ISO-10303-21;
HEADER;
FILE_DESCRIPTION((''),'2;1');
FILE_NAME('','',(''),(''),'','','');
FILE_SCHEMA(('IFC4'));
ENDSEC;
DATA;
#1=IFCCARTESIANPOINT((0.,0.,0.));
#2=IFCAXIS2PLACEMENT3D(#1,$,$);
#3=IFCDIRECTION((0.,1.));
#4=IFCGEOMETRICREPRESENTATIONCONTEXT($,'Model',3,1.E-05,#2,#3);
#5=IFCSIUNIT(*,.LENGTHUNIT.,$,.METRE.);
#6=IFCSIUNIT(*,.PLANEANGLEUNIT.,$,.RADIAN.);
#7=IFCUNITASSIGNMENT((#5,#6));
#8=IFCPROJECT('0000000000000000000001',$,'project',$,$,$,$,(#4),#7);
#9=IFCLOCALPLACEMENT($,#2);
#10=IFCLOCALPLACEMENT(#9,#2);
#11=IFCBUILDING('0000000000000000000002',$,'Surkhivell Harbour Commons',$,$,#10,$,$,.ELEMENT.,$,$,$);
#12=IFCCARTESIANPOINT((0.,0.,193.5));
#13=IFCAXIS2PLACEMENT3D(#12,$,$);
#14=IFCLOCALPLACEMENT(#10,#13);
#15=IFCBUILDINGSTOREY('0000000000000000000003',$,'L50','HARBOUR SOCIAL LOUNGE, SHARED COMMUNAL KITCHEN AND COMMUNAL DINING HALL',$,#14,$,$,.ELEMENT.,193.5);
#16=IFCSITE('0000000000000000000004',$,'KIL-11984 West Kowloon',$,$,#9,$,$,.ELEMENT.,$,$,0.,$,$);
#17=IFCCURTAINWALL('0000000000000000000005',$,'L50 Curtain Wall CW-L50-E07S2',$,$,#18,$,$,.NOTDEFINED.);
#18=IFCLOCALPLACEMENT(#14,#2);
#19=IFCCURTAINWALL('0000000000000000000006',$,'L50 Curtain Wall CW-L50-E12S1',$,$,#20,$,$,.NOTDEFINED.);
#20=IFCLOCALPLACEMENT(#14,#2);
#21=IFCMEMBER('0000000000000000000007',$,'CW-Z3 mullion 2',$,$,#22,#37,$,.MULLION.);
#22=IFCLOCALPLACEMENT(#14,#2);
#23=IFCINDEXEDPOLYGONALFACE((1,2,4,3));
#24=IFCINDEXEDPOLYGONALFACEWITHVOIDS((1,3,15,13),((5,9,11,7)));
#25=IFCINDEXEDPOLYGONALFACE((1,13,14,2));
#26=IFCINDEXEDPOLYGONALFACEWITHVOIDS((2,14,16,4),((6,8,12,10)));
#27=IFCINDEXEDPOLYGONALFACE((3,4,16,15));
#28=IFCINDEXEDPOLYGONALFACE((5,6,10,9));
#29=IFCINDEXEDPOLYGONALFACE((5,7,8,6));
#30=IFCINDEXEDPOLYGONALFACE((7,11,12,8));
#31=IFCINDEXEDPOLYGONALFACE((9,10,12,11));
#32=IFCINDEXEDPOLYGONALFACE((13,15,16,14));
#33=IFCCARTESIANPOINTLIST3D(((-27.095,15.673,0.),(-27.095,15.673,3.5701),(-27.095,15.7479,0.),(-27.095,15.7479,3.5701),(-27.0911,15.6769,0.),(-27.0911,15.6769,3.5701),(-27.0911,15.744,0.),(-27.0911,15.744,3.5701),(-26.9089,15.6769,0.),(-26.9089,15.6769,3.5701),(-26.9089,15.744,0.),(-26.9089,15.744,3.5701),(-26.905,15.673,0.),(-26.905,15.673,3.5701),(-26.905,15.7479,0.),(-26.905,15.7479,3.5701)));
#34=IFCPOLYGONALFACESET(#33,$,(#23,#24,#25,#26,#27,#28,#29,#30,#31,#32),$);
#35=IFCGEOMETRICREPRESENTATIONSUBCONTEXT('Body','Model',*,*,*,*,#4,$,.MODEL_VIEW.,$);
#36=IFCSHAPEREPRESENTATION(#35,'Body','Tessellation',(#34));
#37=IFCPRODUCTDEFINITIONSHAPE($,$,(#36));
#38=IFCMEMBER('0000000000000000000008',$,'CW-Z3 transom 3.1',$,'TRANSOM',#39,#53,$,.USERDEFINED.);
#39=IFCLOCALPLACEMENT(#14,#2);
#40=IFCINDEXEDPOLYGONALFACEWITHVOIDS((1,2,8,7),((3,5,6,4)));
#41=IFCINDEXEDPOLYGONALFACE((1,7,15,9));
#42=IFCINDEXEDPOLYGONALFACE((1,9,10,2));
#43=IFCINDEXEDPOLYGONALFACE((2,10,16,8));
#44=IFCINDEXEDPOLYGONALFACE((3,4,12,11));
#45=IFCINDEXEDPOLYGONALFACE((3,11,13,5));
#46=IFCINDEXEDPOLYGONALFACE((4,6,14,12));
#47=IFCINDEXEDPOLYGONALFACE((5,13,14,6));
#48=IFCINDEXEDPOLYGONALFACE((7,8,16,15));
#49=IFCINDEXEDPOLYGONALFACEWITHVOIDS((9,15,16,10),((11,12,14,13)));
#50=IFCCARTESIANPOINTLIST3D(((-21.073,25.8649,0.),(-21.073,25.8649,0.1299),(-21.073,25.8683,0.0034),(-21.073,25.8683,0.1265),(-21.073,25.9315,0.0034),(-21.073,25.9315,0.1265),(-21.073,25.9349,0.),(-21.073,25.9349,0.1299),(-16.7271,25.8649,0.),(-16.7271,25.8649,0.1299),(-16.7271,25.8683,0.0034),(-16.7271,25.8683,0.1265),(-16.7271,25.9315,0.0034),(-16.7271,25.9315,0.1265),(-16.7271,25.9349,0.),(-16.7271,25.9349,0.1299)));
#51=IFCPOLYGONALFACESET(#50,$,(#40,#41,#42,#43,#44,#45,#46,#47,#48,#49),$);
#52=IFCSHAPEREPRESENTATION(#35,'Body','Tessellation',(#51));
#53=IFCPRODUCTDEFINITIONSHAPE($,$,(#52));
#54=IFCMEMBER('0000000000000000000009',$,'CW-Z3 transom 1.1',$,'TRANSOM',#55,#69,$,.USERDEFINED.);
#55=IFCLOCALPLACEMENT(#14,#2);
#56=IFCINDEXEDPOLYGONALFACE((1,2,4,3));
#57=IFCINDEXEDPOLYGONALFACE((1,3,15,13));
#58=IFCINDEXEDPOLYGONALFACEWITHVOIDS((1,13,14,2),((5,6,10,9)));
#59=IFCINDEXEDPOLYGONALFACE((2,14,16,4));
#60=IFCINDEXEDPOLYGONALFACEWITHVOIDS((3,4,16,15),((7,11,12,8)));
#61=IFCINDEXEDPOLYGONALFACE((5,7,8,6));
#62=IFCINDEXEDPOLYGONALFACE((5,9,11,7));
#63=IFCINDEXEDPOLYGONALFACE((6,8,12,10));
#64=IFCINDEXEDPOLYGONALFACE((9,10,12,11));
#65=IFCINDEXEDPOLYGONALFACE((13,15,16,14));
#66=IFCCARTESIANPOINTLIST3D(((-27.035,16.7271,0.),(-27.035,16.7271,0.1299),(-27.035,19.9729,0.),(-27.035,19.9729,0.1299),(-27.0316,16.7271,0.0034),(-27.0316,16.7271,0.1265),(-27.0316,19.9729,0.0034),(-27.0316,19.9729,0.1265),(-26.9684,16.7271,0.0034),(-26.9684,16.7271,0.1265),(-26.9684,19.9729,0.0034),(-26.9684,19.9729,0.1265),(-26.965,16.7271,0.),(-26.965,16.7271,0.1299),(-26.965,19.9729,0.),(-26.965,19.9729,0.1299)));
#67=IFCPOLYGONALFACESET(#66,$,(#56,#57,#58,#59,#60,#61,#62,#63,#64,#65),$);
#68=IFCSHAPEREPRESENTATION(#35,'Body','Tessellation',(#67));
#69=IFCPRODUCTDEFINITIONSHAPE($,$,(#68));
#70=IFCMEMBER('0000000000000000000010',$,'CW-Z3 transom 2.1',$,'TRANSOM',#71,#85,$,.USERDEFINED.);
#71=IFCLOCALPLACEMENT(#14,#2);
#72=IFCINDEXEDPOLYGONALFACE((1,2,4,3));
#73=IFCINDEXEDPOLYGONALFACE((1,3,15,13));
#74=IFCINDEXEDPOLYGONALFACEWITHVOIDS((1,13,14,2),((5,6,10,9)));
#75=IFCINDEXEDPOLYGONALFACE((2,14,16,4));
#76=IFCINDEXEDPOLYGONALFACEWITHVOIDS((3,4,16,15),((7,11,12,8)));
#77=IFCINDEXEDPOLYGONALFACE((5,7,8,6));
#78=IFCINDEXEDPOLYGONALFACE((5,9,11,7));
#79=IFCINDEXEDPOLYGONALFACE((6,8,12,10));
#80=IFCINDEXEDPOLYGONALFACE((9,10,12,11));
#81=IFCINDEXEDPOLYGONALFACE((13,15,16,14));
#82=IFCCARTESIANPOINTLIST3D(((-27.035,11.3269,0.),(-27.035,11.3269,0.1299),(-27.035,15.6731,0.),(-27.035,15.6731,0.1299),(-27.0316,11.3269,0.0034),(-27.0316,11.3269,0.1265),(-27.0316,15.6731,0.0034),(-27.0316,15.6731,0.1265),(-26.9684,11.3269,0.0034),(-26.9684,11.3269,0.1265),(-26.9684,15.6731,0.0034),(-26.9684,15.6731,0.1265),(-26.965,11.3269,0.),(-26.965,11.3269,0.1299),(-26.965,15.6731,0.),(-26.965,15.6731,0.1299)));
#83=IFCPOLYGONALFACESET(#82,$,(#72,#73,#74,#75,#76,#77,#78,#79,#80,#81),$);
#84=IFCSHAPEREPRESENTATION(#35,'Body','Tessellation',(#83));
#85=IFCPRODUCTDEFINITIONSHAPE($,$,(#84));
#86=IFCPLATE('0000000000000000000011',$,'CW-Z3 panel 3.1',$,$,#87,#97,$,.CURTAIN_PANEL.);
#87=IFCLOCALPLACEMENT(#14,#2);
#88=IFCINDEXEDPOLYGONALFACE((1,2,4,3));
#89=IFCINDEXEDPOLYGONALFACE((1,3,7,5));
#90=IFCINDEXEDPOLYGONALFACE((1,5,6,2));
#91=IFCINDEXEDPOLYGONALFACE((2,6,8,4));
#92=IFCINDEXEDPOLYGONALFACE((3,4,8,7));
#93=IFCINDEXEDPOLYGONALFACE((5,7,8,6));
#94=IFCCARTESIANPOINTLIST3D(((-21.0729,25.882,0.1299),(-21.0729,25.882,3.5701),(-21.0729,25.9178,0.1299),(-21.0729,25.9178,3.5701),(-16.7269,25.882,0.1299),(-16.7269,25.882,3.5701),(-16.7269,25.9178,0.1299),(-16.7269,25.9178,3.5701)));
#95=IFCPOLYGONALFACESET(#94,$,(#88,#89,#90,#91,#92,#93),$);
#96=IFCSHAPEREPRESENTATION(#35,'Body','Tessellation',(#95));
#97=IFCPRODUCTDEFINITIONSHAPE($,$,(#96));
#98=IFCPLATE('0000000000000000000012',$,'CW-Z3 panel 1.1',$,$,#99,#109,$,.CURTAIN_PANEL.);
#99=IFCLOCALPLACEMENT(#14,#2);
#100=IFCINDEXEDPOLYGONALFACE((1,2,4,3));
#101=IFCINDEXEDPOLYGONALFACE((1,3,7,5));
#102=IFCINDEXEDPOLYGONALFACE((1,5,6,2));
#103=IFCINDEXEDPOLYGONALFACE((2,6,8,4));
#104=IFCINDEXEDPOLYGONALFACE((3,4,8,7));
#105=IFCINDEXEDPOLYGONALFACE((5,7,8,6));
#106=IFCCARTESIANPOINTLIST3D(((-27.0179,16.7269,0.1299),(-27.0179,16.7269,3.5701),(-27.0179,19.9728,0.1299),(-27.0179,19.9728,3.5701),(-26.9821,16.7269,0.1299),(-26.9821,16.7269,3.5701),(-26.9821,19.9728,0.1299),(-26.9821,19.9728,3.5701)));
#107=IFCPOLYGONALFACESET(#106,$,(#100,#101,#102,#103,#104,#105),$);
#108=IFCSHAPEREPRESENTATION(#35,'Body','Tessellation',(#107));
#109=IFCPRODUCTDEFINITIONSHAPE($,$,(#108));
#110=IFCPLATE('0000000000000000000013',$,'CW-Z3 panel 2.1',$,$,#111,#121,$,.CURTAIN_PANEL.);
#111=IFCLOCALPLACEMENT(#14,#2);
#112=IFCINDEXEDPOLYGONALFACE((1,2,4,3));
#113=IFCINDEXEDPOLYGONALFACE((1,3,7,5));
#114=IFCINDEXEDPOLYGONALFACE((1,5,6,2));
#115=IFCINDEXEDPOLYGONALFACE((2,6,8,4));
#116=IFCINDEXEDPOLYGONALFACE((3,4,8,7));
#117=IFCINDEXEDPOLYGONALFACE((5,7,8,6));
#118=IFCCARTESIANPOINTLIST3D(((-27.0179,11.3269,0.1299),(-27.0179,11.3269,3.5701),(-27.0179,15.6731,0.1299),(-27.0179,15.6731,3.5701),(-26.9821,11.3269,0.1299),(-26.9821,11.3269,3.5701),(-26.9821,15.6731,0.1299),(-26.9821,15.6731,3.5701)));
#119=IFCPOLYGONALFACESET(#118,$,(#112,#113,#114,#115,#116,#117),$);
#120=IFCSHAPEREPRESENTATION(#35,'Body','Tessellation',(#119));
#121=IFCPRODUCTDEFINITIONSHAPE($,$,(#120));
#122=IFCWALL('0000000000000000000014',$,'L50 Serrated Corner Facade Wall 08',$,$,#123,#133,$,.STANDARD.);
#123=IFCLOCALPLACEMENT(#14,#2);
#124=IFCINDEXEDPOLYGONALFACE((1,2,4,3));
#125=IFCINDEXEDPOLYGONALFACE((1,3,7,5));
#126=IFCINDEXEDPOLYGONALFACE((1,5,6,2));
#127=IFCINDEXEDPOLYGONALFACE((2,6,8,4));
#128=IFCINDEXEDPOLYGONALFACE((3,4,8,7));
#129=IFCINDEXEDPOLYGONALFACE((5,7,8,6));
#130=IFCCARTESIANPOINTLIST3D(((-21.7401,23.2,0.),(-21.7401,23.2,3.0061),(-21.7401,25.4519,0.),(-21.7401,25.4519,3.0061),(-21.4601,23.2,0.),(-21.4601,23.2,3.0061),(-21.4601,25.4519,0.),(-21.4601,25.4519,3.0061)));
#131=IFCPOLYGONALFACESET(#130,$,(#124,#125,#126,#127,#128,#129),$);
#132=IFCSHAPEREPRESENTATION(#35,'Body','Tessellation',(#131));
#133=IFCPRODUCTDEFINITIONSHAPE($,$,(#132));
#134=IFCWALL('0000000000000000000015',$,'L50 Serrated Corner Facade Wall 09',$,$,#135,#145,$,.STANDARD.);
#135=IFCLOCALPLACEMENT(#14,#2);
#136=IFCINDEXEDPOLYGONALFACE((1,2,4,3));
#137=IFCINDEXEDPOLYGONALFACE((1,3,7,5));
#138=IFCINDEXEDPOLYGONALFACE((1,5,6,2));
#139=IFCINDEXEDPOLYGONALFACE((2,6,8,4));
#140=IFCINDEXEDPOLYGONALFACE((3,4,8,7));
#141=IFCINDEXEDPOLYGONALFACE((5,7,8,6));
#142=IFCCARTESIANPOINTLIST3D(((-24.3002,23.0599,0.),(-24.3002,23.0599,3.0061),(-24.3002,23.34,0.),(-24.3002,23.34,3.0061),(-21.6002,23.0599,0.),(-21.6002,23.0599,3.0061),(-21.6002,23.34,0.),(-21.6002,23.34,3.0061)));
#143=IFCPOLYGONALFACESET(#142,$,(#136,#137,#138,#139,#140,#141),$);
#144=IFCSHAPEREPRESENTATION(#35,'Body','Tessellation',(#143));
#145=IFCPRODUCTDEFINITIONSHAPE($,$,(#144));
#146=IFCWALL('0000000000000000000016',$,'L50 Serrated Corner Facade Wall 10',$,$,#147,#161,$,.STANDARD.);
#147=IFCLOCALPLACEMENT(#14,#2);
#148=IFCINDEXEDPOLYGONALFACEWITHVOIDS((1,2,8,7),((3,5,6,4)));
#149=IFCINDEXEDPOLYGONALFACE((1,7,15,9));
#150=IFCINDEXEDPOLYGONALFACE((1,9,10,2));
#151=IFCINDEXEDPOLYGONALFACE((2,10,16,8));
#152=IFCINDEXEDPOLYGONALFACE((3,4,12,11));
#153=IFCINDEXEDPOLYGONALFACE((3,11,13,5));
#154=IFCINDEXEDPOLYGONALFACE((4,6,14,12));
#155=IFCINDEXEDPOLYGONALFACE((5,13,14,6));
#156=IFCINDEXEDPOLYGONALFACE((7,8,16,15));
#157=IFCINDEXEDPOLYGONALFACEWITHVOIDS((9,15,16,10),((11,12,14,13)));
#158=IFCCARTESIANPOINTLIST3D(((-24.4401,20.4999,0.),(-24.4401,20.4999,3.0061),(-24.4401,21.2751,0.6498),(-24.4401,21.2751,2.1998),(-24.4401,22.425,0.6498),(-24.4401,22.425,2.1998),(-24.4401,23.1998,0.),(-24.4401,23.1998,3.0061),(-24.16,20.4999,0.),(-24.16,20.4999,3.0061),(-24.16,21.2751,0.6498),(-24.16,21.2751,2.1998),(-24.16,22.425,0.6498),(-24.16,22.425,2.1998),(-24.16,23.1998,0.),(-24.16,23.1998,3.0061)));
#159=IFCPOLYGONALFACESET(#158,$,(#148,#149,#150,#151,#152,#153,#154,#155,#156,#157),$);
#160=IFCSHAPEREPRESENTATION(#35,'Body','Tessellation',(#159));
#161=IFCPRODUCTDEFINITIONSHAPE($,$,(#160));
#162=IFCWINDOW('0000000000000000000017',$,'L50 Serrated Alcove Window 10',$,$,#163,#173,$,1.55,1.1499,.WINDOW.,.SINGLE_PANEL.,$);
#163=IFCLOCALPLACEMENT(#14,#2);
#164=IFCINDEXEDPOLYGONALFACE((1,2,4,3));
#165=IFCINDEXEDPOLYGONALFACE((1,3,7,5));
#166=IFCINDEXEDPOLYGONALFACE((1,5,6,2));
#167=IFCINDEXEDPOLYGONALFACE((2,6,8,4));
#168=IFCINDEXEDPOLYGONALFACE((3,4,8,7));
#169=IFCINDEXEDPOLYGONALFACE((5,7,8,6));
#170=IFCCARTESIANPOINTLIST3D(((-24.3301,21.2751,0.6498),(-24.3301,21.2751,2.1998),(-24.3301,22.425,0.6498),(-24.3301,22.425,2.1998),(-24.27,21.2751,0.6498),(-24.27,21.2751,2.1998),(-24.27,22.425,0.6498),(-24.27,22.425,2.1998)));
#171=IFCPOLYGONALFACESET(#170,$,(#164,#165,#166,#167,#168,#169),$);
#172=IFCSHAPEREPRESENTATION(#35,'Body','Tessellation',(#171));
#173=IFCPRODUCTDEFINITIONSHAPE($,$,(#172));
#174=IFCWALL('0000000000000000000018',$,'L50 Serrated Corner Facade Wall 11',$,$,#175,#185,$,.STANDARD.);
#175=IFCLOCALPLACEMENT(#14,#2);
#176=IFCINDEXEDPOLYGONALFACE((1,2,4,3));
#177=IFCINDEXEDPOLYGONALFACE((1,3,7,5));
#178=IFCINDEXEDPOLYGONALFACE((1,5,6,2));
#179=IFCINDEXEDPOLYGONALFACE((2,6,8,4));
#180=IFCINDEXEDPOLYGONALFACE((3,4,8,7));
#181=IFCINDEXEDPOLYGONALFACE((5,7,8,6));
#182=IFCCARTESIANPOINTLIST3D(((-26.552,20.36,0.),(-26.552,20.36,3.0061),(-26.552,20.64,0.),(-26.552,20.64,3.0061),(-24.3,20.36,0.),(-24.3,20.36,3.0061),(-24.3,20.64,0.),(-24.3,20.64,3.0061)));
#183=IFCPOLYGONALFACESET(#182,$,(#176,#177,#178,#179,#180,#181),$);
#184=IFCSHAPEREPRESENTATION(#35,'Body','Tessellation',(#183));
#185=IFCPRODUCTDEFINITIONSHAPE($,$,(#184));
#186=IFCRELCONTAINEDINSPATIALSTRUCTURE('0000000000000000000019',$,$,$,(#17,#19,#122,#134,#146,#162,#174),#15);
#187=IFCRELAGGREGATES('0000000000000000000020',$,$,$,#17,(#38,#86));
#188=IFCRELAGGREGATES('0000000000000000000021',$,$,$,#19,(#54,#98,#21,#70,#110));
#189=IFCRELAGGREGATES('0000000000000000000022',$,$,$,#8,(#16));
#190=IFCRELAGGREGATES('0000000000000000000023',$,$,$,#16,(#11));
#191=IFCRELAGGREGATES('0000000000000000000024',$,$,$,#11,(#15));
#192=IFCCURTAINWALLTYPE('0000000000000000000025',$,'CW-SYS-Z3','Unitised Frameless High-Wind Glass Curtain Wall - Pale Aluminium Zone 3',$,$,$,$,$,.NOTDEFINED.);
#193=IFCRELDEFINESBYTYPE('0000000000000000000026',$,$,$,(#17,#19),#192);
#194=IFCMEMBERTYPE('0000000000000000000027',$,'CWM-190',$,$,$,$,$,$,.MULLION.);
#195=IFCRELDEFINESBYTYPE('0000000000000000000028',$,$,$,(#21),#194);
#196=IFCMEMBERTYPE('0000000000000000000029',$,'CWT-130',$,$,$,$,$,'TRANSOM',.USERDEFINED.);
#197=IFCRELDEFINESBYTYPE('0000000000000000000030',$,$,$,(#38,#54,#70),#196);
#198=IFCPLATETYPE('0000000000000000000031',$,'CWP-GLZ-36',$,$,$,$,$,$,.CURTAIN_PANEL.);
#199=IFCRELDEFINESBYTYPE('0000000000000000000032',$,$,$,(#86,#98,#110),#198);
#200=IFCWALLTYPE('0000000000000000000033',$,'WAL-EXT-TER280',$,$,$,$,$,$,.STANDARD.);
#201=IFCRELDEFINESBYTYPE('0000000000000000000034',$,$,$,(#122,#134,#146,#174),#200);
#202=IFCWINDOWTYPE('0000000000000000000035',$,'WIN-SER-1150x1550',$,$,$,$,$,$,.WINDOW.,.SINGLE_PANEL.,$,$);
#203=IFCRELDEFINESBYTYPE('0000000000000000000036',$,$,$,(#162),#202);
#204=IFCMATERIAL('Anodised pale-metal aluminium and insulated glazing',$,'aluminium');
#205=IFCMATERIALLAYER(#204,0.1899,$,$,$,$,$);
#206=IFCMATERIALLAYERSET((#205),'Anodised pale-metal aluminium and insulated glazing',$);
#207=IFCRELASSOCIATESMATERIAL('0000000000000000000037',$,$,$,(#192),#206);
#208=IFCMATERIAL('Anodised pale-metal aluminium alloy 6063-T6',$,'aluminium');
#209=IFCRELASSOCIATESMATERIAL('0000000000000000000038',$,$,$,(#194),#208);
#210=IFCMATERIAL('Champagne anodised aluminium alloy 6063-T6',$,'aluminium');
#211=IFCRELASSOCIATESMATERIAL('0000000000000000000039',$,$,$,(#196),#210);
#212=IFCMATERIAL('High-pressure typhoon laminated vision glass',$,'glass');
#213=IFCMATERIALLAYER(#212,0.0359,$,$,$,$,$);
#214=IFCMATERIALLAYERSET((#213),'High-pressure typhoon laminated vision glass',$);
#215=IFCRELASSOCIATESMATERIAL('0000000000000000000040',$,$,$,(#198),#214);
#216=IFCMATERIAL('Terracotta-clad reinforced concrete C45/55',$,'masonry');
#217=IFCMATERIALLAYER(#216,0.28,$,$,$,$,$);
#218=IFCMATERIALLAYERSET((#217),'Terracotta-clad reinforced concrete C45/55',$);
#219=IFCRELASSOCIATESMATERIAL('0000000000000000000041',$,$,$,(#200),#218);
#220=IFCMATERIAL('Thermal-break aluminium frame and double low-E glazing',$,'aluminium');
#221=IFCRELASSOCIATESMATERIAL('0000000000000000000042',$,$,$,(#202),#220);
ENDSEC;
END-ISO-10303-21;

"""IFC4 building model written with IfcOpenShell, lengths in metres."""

from ifc_helpers import new_model, si_unit, direction, frame, frame_2d, origin, origin_2d, place, context, subcontext, project, spatial, rectangle, hollow_rectangle, extrude, material, layer, layer_set, material_profile, profile_set, type_object, element, fill, aggregate, save


model = new_model("IFC4")

# Units and contexts
model_context = context("Model", 3, precision=1e-05, world=origin(), true_north=direction((0.0, 1.0)))
body_context = subcontext(model_context, "Body", "Model", "MODEL_VIEW")
ifc_project = project(units=[si_unit("LENGTHUNIT", "METRE"), si_unit("PLANEANGLEUNIT", "RADIAN")], contexts=[model_context])

# Site, building, storey
site_placement = place(None, origin())
site = spatial("IfcSite", under=ifc_project, at=site_placement, Name="KIL-11984 West Kowloon", CompositionType="ELEMENT", RefElevation=0.0)
building_placement = place(site_placement, origin())
building = spatial("IfcBuilding", under=site, at=building_placement, Name="Surkhivell Harbour Commons", CompositionType="ELEMENT")
storey_placement = place(building_placement, frame((0.0, 0.0, 193.5)))
storey = spatial("IfcBuildingStorey", under=building, at=storey_placement, Name="L50", Description="HARBOUR SOCIAL LOUNGE, SHARED COMMUNAL KITCHEN AND COMMUNAL DINING HALL", CompositionType="ELEMENT", Elevation=193.5)

# Curtain walls, member
ifc_material_1 = material(Name="Anodised pale-metal aluminium and insulated glazing", Category="aluminium")
ifc_layer_1 = layer(ifc_material_1, 0.1899)
ifc_layer_set_1 = layer_set([ifc_layer_1], Name="Anodised pale-metal aluminium and insulated glazing")
curtain_wall_type = type_object("IfcCurtainWallType", Name="CW-SYS-Z3", Description="Unitised Frameless High-Wind Glass Curtain Wall - Pale Aluminium Zone 3", PredefinedType="NOTDEFINED", material=ifc_layer_set_1)
curtain_wall_1_placement = place(storey_placement, origin())
curtain_wall_1 = element("IfcCurtainWall", 1, at=curtain_wall_1_placement, inside=storey, type_object=curtain_wall_type, Name="L50 Curtain Wall CW-L50-E07S2", PredefinedType="NOTDEFINED")
ifc_material_2 = material(Name="Anodised pale-metal aluminium alloy 6063-T6", Category="aluminium")
ifc_material_profile_1 = material_profile(ifc_material_2, hollow_rectangle(XDim=0.075, YDim=0.1899, WallThickness=0.0039, at=origin_2d()), Name="ALU-MULL-75x190")
ifc_profile_set_1 = profile_set([ifc_material_profile_1], Name="Anodised pale-metal aluminium alloy 6063-T6")
member_type_1 = type_object("IfcMemberType", Name="CWM-190", PredefinedType="MULLION", material=ifc_profile_set_1)
curtain_wall_2_placement = place(storey_placement, origin())
curtain_wall_2 = element("IfcCurtainWall", 2, at=curtain_wall_2_placement, inside=storey, type_object=curtain_wall_type, Name="L50 Curtain Wall CW-L50-E12S1", PredefinedType="NOTDEFINED")
member_1_placement = place(storey_placement, frame((-27.0, 15.7104, 0.0), z_axis=(0.0, 0.0, 1.0), x_axis=(0.0, -1.0, 0.0)))
member_1 = element("IfcMember", 3, at=member_1_placement, type_object=member_type_1, Name="CW-Z3 mullion 2", PredefinedType="MULLION", context=body_context, shape_type="SweptSolid", body=[
    extrude(hollow_rectangle(XDim=0.075, YDim=0.1899, WallThickness=0.0039, at=origin_2d()), origin(), (0.0, 0.0, 1.0), 3.5701),
])

# Members
ifc_material_3 = material(Name="Champagne anodised aluminium alloy 6063-T6", Category="aluminium")
ifc_material_profile_2 = material_profile(ifc_material_3, hollow_rectangle(XDim=0.0701, YDim=0.1299, WallThickness=0.0034, at=origin_2d()), Name="ALU-TRAN-70x130")
ifc_profile_set_2 = profile_set([ifc_material_profile_2], Name="Champagne anodised aluminium alloy 6063-T6")
member_type_2 = type_object("IfcMemberType", Name="CWT-130", ElementType="TRANSOM", PredefinedType="USERDEFINED", material=ifc_profile_set_2)
member_2_placement = place(storey_placement, frame((-16.7271, 25.8999, 0.0649), z_axis=(-1.0, 0.0, 0.0), x_axis=(0.0, -1.0, 0.0)))
member_2 = element("IfcMember", 4, at=member_2_placement, type_object=member_type_2, Name="CW-Z3 transom 3.1", ObjectType="TRANSOM", PredefinedType="USERDEFINED", context=body_context, shape_type="SweptSolid", body=[
    extrude(hollow_rectangle(XDim=0.0701, YDim=0.1299, WallThickness=0.0034, at=origin_2d()), origin(), (0.0, 0.0, 1.0), 4.3459),
])
member_3_placement = place(storey_placement, frame((-27.0, 19.9729, 0.0649), z_axis=(0.0, -1.0, 0.0), x_axis=(1.0, 0.0, 0.0)))
member_3 = element("IfcMember", 5, at=member_3_placement, type_object=member_type_2, Name="CW-Z3 transom 1.1", ObjectType="TRANSOM", PredefinedType="USERDEFINED", context=body_context, shape_type="SweptSolid", body=[
    extrude(hollow_rectangle(XDim=0.0701, YDim=0.1299, WallThickness=0.0034, at=origin_2d()), origin(), (0.0, 0.0, 1.0), 3.2458),
])
member_4_placement = place(storey_placement, frame((-27.0, 15.6731, 0.0649), z_axis=(0.0, -1.0, 0.0), x_axis=(1.0, 0.0, 0.0)))
member_4 = element("IfcMember", 6, at=member_4_placement, type_object=member_type_2, Name="CW-Z3 transom 2.1", ObjectType="TRANSOM", PredefinedType="USERDEFINED", context=body_context, shape_type="SweptSolid", body=[
    extrude(hollow_rectangle(XDim=0.0701, YDim=0.1299, WallThickness=0.0034, at=origin_2d()), origin(), (0.0, 0.0, 1.0), 4.3462),
])

# Plates
ifc_material_4 = material(Name="High-pressure typhoon laminated vision glass", Category="glass")
ifc_layer_2 = layer(ifc_material_4, 0.0359)
ifc_layer_set_2 = layer_set([ifc_layer_2], Name="High-pressure typhoon laminated vision glass")
plate_type = type_object("IfcPlateType", Name="CWP-GLZ-36", PredefinedType="CURTAIN_PANEL", material=ifc_layer_set_2)
plate_1_placement = place(storey_placement, frame((-16.7271, 25.8999, 0.1299), z_axis=(0.0, 0.0, 1.0), x_axis=(-1.0, 0.0, 0.0)))
plate_1 = element("IfcPlate", 7, at=plate_1_placement, type_object=plate_type, Name="CW-Z3 panel 3.1", PredefinedType="CURTAIN_PANEL", context=body_context, shape_type="SweptSolid", body=[
    extrude(rectangle(XDim=4.3459, YDim=0.0359, at=frame_2d((2.1729, 0.0))), origin(), (0.0, 0.0, 1.0), 3.4402),
])
aggregate(curtain_wall_1, [member_2, plate_1])
plate_2_placement = place(storey_placement, frame((-27.0, 19.9729, 0.1299), z_axis=(0.0, 0.0, 1.0), x_axis=(0.0, -1.0, 0.0)))
plate_2 = element("IfcPlate", 8, at=plate_2_placement, type_object=plate_type, Name="CW-Z3 panel 1.1", PredefinedType="CURTAIN_PANEL", context=body_context, shape_type="SweptSolid", body=[
    extrude(rectangle(XDim=3.2458, YDim=0.0359, at=frame_2d((1.623, 0.0))), origin(), (0.0, 0.0, 1.0), 3.4402),
])
plate_3_placement = place(storey_placement, frame((-27.0, 15.6731, 0.1299), z_axis=(0.0, 0.0, 1.0), x_axis=(0.0, -1.0, 0.0)))
plate_3 = element("IfcPlate", 9, at=plate_3_placement, type_object=plate_type, Name="CW-Z3 panel 2.1", PredefinedType="CURTAIN_PANEL", context=body_context, shape_type="SweptSolid", body=[
    extrude(rectangle(XDim=4.3462, YDim=0.0359, at=frame_2d((2.1731, 0.0))), origin(), (0.0, 0.0, 1.0), 3.4402),
])
aggregate(curtain_wall_2, [member_3, plate_2, member_1, member_4, plate_3])

# Walls
ifc_material_5 = material(Name="Terracotta-clad reinforced concrete C45/55", Category="masonry")
ifc_layer_3 = layer(ifc_material_5, 0.28)
ifc_layer_set_3 = layer_set([ifc_layer_3], Name="Terracotta-clad reinforced concrete C45/55")
wall_type_1 = type_object("IfcWallType", Name="WAL-EXT-TER280", PredefinedType="STANDARD", material=ifc_layer_set_3)
wall_1_placement = place(storey_placement, frame((-21.6001, 25.4519, 0.0), z_axis=(0.0, 0.0, 1.0), x_axis=(0.0, -1.0, 0.0)))
element("IfcWall", 10, at=wall_1_placement, inside=storey, type_object=wall_type_1, Name="L50 Serrated Corner Facade Wall 08", PredefinedType="STANDARD", context=body_context, shape_type="SweptSolid", body=[
    extrude(rectangle(XDim=2.252, YDim=0.28, at=frame_2d((1.126, 0.0))), origin(), (0.0, 0.0, 1.0), 3.0061),
])
wall_2_placement = place(storey_placement, frame((-21.6001, 23.2, 0.0), z_axis=(0.0, 0.0, 1.0), x_axis=(-1.0, 0.0, 0.0)))
element("IfcWall", 11, at=wall_2_placement, inside=storey, type_object=wall_type_1, Name="L50 Serrated Corner Facade Wall 09", PredefinedType="STANDARD", context=body_context, shape_type="SweptSolid", body=[
    extrude(rectangle(XDim=2.7, YDim=0.28, at=frame_2d((1.3501, 0.0))), origin(), (0.0, 0.0, 1.0), 3.0061),
])

# Wall, opening, window
wall_3_placement = place(storey_placement, frame((-24.3, 23.2, 0.0), z_axis=(0.0, 0.0, 1.0), x_axis=(0.0, -1.0, 0.0)))
wall_3 = element("IfcWall", 12, at=wall_3_placement, inside=storey, type_object=wall_type_1, Name="L50 Serrated Corner Facade Wall 10", PredefinedType="STANDARD", context=body_context, shape_type="SweptSolid", body=[
    extrude(rectangle(XDim=2.7, YDim=0.28, at=frame_2d((1.3501, 0.0))), origin(), (0.0, 0.0, 1.0), 3.0061),
])
opening_placement = place(wall_3_placement, frame((0.7749, 0.0, 0.6499)))
opening = element("IfcOpeningElement", 13, at=opening_placement, cuts=wall_3, PredefinedType="OPENING", context=body_context, shape_type="SweptSolid", body=[
    extrude(rectangle(XDim=1.1499, YDim=1.55, at=frame_2d((0.575, 0.7749))), frame((0.0, 0.1499, 0.0), z_axis=(0.0, -1.0, 0.0), x_axis=(1.0, 0.0, 0.0)), (0.0, 0.0, 1.0), 0.3),
])
ifc_material_6 = material(Name="Thermal-break aluminium frame and double low-E glazing", Category="aluminium")
window_type = type_object("IfcWindowType", Name="WIN-SER-1150x1550", PartitioningType="SINGLE_PANEL", PredefinedType="WINDOW", material=ifc_material_6)
window_placement = place(opening_placement, origin())
window = element("IfcWindow", 14, at=window_placement, inside=storey, type_object=window_type, Name="L50 Serrated Alcove Window 10", OverallHeight=1.55, OverallWidth=1.1499, PartitioningType="SINGLE_PANEL", PredefinedType="WINDOW", context=body_context, shape_type="SweptSolid", body=[
    extrude(rectangle(XDim=1.1499, YDim=1.55, at=frame_2d((0.575, 0.7749))), frame((0.0, 0.03, 0.0), z_axis=(0.0, -1.0, 0.0), x_axis=(1.0, 0.0, 0.0)), (0.0, 0.0, 1.0), 0.0601),
])
fill(opening, window)

# Wall
wall_4_placement = place(storey_placement, frame((-24.3, 20.5, 0.0), z_axis=(0.0, 0.0, 1.0), x_axis=(-1.0, 0.0, 0.0)))
element("IfcWall", 15, at=wall_4_placement, inside=storey, type_object=wall_type_1, Name="L50 Serrated Corner Facade Wall 11", PredefinedType="STANDARD", context=body_context, shape_type="SweptSolid", body=[
    extrude(rectangle(XDim=2.252, YDim=0.28, at=frame_2d((1.126, 0.0))), origin(), (0.0, 0.0, 1.0), 3.0061),
])

save(model, "model.ifc")
